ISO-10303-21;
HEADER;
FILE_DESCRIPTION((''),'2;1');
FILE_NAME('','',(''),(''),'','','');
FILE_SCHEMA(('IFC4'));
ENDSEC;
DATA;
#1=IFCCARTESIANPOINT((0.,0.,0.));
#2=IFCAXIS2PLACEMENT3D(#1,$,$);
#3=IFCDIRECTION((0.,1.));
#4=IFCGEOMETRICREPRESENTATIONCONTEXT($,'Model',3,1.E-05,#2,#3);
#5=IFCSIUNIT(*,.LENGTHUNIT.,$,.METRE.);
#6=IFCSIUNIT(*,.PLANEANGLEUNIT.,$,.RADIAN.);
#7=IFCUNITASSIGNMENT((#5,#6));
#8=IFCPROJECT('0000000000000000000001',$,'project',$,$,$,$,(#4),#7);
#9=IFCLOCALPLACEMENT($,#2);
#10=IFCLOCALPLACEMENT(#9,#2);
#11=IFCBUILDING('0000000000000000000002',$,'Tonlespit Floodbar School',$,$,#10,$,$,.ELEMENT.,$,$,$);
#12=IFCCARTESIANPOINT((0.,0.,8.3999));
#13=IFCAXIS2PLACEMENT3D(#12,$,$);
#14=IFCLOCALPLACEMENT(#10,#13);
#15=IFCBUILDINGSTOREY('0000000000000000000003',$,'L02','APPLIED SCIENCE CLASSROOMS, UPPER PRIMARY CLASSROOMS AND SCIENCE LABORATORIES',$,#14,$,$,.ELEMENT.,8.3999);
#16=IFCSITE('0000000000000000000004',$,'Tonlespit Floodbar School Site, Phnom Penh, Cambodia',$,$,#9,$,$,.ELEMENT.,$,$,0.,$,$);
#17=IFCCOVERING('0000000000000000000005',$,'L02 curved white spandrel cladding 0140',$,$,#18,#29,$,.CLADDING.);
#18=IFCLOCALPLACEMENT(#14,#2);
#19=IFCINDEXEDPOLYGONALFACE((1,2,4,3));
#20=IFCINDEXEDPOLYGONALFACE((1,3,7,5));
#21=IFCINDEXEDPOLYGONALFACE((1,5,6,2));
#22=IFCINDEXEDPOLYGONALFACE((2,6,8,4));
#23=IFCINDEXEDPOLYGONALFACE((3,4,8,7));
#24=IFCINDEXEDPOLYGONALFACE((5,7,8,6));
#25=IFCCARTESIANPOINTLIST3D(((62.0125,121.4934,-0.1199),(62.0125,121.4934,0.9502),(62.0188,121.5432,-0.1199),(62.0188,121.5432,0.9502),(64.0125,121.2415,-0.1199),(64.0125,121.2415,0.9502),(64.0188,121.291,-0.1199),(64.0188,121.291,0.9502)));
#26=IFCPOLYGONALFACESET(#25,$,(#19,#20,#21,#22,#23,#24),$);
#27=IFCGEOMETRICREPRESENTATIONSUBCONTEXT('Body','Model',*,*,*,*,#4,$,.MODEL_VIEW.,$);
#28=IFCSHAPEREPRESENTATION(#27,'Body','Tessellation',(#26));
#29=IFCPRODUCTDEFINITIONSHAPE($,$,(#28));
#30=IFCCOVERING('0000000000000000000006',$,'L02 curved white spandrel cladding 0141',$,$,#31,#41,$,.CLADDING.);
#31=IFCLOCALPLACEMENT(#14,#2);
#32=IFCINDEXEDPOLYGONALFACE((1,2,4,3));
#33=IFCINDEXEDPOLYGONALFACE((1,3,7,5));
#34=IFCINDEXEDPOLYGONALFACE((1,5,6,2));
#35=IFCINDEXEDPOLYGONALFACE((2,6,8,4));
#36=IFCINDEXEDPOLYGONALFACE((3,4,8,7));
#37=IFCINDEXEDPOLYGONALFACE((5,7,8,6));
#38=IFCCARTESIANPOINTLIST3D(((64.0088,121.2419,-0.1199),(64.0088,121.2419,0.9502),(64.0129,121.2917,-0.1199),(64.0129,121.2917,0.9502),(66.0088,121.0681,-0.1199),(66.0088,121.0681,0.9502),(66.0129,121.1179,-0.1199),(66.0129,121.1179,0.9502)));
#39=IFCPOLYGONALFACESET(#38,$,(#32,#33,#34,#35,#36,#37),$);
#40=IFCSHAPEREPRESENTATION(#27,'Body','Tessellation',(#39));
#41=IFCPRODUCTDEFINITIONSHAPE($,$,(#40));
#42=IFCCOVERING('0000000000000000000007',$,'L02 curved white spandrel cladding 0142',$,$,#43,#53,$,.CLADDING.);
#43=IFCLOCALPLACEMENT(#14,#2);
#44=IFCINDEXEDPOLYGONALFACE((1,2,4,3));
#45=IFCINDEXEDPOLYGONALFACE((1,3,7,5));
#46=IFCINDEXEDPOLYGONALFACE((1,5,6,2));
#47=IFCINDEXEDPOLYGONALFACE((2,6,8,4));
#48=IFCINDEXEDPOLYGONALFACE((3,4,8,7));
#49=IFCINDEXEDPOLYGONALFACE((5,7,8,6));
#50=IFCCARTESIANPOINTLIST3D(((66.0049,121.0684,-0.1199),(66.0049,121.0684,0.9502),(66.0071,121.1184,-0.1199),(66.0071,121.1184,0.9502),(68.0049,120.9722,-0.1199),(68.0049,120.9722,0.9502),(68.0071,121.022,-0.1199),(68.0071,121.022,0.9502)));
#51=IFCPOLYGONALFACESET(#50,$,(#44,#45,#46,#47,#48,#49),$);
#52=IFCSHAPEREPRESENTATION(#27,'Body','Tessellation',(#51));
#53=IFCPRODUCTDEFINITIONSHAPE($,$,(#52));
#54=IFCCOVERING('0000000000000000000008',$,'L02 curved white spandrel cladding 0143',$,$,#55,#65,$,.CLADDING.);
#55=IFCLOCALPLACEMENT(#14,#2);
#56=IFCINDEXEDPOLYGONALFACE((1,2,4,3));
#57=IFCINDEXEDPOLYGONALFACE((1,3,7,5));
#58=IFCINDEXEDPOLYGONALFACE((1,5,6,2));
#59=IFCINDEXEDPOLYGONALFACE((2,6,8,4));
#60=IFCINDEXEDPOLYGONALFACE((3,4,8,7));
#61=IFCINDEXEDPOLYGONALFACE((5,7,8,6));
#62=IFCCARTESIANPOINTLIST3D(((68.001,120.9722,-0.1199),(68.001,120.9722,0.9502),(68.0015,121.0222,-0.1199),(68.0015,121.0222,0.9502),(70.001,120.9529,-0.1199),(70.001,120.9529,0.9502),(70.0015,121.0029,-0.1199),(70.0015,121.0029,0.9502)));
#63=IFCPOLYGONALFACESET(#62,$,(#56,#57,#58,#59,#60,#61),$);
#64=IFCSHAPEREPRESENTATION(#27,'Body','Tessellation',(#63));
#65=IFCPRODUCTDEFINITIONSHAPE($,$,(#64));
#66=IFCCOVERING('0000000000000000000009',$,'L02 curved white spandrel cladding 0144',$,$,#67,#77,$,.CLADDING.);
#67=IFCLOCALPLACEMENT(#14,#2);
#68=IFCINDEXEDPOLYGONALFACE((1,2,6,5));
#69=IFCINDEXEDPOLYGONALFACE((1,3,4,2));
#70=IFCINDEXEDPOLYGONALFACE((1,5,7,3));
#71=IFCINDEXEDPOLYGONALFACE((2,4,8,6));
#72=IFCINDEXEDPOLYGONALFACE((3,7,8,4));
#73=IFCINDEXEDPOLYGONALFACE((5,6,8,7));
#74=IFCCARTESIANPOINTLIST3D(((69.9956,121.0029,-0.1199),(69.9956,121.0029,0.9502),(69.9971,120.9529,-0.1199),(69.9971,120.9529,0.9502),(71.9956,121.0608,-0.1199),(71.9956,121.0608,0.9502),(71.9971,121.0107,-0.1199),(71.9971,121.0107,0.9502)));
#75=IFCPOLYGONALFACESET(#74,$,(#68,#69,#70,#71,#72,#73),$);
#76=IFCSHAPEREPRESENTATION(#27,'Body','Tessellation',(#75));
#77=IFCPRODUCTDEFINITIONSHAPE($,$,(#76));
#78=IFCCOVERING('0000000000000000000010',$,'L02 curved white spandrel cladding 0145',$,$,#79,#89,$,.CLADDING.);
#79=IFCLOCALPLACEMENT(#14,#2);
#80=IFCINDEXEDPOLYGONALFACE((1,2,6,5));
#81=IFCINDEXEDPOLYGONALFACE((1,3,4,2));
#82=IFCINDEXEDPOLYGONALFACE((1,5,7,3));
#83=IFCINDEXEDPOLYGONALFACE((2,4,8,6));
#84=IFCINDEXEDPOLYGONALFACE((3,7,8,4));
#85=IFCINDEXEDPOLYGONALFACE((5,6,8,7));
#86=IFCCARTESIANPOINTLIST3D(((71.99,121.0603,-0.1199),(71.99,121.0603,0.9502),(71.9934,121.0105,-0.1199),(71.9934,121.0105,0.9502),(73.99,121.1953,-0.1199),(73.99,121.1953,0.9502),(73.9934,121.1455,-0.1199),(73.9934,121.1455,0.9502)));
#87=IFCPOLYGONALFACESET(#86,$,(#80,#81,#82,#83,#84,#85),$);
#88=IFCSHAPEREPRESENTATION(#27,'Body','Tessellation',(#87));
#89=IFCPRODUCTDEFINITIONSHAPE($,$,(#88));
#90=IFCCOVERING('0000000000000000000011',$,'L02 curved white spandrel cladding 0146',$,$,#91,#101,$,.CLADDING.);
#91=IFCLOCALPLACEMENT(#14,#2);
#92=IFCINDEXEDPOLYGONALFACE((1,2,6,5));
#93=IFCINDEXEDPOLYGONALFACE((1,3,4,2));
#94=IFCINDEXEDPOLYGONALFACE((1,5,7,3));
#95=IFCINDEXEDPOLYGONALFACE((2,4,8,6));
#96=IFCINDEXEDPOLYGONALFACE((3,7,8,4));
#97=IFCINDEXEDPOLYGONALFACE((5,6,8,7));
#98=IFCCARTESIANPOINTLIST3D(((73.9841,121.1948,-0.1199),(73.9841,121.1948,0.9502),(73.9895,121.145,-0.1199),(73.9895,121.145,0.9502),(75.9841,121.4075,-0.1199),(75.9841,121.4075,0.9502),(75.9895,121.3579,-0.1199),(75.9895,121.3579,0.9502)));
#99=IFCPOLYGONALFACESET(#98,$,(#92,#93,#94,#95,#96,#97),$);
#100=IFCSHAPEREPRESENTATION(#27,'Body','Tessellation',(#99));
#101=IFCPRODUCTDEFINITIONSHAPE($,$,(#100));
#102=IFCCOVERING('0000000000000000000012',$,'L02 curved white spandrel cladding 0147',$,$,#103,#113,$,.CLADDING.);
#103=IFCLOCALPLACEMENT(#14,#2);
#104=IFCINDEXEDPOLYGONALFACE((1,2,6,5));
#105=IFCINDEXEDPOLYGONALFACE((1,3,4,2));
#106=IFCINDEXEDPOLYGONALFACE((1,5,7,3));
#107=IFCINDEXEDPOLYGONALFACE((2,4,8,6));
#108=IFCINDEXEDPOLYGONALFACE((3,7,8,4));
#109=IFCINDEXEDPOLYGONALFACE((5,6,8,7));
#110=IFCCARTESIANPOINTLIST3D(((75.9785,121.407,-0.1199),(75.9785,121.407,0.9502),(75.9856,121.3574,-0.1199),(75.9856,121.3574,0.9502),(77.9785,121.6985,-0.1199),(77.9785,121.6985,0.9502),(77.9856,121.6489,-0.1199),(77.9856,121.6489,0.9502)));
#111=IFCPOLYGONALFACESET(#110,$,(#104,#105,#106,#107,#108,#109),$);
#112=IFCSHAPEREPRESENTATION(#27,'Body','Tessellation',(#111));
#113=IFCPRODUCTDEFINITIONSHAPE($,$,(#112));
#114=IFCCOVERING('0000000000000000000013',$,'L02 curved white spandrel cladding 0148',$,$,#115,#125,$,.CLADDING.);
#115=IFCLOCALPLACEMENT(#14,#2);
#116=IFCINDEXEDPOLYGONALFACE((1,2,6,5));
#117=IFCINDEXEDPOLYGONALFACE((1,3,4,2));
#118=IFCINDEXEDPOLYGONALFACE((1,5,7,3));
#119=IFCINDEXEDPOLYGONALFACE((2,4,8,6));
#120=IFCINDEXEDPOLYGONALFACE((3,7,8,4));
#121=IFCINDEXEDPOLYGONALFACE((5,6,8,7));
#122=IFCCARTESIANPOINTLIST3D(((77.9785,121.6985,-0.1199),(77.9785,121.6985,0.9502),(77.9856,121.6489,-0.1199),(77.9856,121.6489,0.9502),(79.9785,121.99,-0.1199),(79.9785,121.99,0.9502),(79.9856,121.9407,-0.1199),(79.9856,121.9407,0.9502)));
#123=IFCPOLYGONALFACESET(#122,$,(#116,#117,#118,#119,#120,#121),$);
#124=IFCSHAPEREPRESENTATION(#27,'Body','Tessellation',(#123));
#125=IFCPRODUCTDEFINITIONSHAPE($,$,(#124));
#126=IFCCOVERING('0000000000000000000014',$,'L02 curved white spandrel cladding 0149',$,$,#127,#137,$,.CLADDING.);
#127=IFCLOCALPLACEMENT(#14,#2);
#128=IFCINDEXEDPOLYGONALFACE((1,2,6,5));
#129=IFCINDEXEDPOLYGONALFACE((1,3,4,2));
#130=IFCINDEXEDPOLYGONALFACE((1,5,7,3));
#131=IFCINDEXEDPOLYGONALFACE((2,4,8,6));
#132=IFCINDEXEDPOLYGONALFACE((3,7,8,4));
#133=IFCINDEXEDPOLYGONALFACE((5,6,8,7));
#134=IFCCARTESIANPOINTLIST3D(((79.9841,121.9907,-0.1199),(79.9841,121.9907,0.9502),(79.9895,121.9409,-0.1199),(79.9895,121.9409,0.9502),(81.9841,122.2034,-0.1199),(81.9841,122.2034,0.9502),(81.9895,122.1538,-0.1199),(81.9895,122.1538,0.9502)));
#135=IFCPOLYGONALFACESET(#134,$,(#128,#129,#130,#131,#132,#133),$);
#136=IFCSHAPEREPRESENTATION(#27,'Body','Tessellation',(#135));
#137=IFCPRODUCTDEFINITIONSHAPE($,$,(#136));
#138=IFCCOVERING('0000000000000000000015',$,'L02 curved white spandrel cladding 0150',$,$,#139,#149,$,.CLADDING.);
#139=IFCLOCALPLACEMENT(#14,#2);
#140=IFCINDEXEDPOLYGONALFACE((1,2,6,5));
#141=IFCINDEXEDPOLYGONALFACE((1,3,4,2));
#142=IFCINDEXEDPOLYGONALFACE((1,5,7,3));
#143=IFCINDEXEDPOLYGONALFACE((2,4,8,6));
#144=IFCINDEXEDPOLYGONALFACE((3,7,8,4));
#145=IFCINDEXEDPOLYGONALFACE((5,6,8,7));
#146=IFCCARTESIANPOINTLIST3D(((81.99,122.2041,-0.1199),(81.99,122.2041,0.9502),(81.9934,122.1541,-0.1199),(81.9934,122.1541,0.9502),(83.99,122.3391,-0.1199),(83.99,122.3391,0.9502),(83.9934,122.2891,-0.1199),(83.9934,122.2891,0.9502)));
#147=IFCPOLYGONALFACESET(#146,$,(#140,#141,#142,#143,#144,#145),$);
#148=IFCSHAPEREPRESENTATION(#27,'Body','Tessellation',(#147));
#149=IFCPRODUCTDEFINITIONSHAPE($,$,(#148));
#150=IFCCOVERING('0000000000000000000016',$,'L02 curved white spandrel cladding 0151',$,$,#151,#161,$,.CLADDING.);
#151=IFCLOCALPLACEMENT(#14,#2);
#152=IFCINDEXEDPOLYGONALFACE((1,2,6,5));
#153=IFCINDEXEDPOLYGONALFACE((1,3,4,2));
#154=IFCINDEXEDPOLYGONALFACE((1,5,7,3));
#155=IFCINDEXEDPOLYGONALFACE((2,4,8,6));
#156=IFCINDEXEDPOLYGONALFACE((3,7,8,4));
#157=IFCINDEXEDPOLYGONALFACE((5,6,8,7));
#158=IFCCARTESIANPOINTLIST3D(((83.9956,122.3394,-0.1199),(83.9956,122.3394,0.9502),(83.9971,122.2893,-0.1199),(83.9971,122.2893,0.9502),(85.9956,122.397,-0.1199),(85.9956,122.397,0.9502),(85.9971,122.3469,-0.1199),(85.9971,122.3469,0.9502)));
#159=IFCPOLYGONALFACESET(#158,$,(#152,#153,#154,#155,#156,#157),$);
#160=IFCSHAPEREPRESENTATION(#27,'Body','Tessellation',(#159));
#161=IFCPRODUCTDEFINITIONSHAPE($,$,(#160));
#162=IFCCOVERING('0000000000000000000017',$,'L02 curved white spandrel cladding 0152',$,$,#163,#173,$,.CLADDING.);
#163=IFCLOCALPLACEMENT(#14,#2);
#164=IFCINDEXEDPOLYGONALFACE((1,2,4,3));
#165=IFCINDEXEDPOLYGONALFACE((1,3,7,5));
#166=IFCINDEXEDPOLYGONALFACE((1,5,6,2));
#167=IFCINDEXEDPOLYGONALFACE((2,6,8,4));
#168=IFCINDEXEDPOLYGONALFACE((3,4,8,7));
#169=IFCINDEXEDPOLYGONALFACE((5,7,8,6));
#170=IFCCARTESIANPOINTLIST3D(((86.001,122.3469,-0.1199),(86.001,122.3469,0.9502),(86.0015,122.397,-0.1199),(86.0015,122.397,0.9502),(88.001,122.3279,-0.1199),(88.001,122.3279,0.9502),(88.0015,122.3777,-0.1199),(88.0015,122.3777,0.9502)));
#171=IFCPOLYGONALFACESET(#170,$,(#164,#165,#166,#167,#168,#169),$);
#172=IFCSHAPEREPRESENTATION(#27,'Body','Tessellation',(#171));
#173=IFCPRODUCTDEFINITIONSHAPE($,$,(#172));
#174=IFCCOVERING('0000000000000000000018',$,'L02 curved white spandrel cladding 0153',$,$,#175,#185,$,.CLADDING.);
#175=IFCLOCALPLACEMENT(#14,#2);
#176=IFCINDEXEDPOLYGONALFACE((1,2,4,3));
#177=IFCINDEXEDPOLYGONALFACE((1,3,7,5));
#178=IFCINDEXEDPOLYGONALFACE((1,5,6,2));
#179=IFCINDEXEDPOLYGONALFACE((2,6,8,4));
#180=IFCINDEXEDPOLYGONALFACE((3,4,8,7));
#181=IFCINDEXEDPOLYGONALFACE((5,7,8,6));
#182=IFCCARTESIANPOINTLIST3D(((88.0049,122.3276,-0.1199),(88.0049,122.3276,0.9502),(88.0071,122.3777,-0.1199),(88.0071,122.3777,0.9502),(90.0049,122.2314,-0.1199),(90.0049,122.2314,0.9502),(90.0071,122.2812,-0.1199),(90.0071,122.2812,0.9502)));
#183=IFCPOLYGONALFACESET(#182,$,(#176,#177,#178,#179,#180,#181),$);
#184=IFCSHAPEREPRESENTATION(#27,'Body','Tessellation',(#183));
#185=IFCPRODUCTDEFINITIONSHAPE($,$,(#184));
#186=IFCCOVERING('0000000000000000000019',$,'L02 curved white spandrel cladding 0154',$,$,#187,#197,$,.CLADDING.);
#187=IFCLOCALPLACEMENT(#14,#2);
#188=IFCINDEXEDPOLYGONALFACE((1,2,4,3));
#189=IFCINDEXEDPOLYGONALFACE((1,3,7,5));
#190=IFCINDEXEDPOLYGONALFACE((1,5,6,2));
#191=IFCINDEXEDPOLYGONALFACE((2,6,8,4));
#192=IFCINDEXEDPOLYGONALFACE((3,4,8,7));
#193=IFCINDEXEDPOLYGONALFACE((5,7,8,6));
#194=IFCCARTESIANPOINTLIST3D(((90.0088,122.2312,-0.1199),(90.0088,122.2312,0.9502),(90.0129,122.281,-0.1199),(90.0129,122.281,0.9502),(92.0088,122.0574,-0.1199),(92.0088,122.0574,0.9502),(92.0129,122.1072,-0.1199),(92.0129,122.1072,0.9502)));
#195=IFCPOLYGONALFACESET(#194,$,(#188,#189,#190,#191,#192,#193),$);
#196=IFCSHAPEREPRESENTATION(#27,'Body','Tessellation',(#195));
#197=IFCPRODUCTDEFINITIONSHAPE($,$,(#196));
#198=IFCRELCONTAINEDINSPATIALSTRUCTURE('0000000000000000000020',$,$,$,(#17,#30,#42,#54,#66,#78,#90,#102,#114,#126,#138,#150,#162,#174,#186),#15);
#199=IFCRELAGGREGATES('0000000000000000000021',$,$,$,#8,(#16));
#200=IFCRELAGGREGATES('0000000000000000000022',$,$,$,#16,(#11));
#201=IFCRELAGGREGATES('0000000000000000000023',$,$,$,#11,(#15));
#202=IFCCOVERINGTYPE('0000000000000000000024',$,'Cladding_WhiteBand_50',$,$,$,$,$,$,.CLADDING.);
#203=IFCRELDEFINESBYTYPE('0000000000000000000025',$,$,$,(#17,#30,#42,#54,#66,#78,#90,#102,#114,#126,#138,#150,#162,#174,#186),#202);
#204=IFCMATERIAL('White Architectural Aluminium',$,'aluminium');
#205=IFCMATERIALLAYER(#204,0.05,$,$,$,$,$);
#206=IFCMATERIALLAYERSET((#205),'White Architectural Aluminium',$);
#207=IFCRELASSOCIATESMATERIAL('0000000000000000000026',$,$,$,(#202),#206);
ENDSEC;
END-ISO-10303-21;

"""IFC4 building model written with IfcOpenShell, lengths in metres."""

from ifc_helpers import new_model, si_unit, direction, frame, origin, place, context, subcontext, project, spatial, polyline, outline, extrude, material, layer, layer_set, type_object, element, save


model = new_model("IFC4")

# Units and contexts
model_context = context("Model", 3, precision=1e-05, world=origin(), true_north=direction((0.0, 1.0)))
body_context = subcontext(model_context, "Body", "Model", "MODEL_VIEW")
ifc_project = project(units=[si_unit("LENGTHUNIT", "METRE"), si_unit("PLANEANGLEUNIT", "RADIAN")], contexts=[model_context])

# Site, building, storey
site_placement = place(None, origin())
site = spatial("IfcSite", under=ifc_project, at=site_placement, Name="Tonlespit Floodbar School Site, Phnom Penh, Cambodia", CompositionType="ELEMENT", RefElevation=0.0)
building_placement = place(site_placement, origin())
building = spatial("IfcBuilding", under=site, at=building_placement, Name="Tonlespit Floodbar School", CompositionType="ELEMENT")
storey_placement = place(building_placement, frame((0.0, 0.0, 8.3999)))
storey = spatial("IfcBuildingStorey", under=building, at=storey_placement, Name="L02", Description="APPLIED SCIENCE CLASSROOMS, UPPER PRIMARY CLASSROOMS AND SCIENCE LABORATORIES", CompositionType="ELEMENT", Elevation=8.3999)

# Coverings
ifc_material_1 = material(Name="White Architectural Aluminium", Category="aluminium")
ifc_layer_1 = layer(ifc_material_1, 0.05)
ifc_layer_set_1 = layer_set([ifc_layer_1], Name="White Architectural Aluminium")
covering_type = type_object("IfcCoveringType", Name="Cladding_WhiteBand_50", PredefinedType="CLADDING", material=ifc_layer_set_1)
covering_1_placement = place(storey_placement, frame((0.0, 0.0, -0.1199)))
element("IfcCovering", 1, at=covering_1_placement, inside=storey, type_object=covering_type, Name="L02 curved white spandrel cladding 0140", PredefinedType="CLADDING", context=body_context, shape_type="SweptSolid", body=[
    extrude(outline(polyline([(62.0125, 121.4934), (64.0125, 121.2415), (64.0188, 121.291), (62.0188, 121.5432), (62.0125, 121.4934)])), origin(), (0.0, 0.0, 1.0), 1.0701),
])
covering_2_placement = place(storey_placement, frame((0.0, 0.0, -0.1199)))
element("IfcCovering", 2, at=covering_2_placement, inside=storey, type_object=covering_type, Name="L02 curved white spandrel cladding 0141", PredefinedType="CLADDING", context=body_context, shape_type="SweptSolid", body=[
    extrude(outline(polyline([(64.0088, 121.2419), (66.0088, 121.0681), (66.0129, 121.1179), (64.0129, 121.2917), (64.0088, 121.2419)])), origin(), (0.0, 0.0, 1.0), 1.0701),
])
covering_3_placement = place(storey_placement, frame((0.0, 0.0, -0.1199)))
element("IfcCovering", 3, at=covering_3_placement, inside=storey, type_object=covering_type, Name="L02 curved white spandrel cladding 0142", PredefinedType="CLADDING", context=body_context, shape_type="SweptSolid", body=[
    extrude(outline(polyline([(66.0049, 121.0684), (68.0049, 120.9722), (68.0071, 121.022), (66.0071, 121.1184), (66.0049, 121.0684)])), origin(), (0.0, 0.0, 1.0), 1.0701),
])
covering_4_placement = place(storey_placement, frame((0.0, 0.0, -0.1199)))
element("IfcCovering", 4, at=covering_4_placement, inside=storey, type_object=covering_type, Name="L02 curved white spandrel cladding 0143", PredefinedType="CLADDING", context=body_context, shape_type="SweptSolid", body=[
    extrude(outline(polyline([(68.001, 120.9722), (70.001, 120.9529), (70.0015, 121.0029), (68.0015, 121.0222), (68.001, 120.9722)])), origin(), (0.0, 0.0, 1.0), 1.0701),
])
covering_5_placement = place(storey_placement, frame((0.0, 0.0, -0.1199)))
element("IfcCovering", 5, at=covering_5_placement, inside=storey, type_object=covering_type, Name="L02 curved white spandrel cladding 0144", PredefinedType="CLADDING", context=body_context, shape_type="SweptSolid", body=[
    extrude(outline(polyline([(69.9971, 120.9529), (71.9971, 121.0107), (71.9956, 121.0608), (69.9956, 121.0029), (69.9971, 120.9529)])), origin(), (0.0, 0.0, 1.0), 1.0701),
])
covering_6_placement = place(storey_placement, frame((0.0, 0.0, -0.1199)))
element("IfcCovering", 6, at=covering_6_placement, inside=storey, type_object=covering_type, Name="L02 curved white spandrel cladding 0145", PredefinedType="CLADDING", context=body_context, shape_type="SweptSolid", body=[
    extrude(outline(polyline([(71.9934, 121.0105), (73.9934, 121.1455), (73.99, 121.1953), (71.99, 121.0603), (71.9934, 121.0105)])), origin(), (0.0, 0.0, 1.0), 1.0701),
])
covering_7_placement = place(storey_placement, frame((0.0, 0.0, -0.1199)))
element("IfcCovering", 7, at=covering_7_placement, inside=storey, type_object=covering_type, Name="L02 curved white spandrel cladding 0146", PredefinedType="CLADDING", context=body_context, shape_type="SweptSolid", body=[
    extrude(outline(polyline([(73.9895, 121.145), (75.9895, 121.3579), (75.9841, 121.4075), (73.9841, 121.1948), (73.9895, 121.145)])), origin(), (0.0, 0.0, 1.0), 1.0701),
])
covering_8_placement = place(storey_placement, frame((0.0, 0.0, -0.1199)))
element("IfcCovering", 8, at=covering_8_placement, inside=storey, type_object=covering_type, Name="L02 curved white spandrel cladding 0147", PredefinedType="CLADDING", context=body_context, shape_type="SweptSolid", body=[
    extrude(outline(polyline([(75.9856, 121.3574), (77.9856, 121.6489), (77.9785, 121.6985), (75.9785, 121.407), (75.9856, 121.3574)])), origin(), (0.0, 0.0, 1.0), 1.0701),
])
covering_9_placement = place(storey_placement, frame((0.0, 0.0, -0.1199)))
element("IfcCovering", 9, at=covering_9_placement, inside=storey, type_object=covering_type, Name="L02 curved white spandrel cladding 0148", PredefinedType="CLADDING", context=body_context, shape_type="SweptSolid", body=[
    extrude(outline(polyline([(77.9856, 121.6489), (79.9856, 121.9407), (79.9785, 121.99), (77.9785, 121.6985), (77.9856, 121.6489)])), origin(), (0.0, 0.0, 1.0), 1.0701),
])
covering_10_placement = place(storey_placement, frame((0.0, 0.0, -0.1199)))
element("IfcCovering", 10, at=covering_10_placement, inside=storey, type_object=covering_type, Name="L02 curved white spandrel cladding 0149", PredefinedType="CLADDING", context=body_context, shape_type="SweptSolid", body=[
    extrude(outline(polyline([(79.9895, 121.9409), (81.9895, 122.1538), (81.9841, 122.2034), (79.9841, 121.9907), (79.9895, 121.9409)])), origin(), (0.0, 0.0, 1.0), 1.0701),
])
covering_11_placement = place(storey_placement, frame((0.0, 0.0, -0.1199)))
element("IfcCovering", 11, at=covering_11_placement, inside=storey, type_object=covering_type, Name="L02 curved white spandrel cladding 0150", PredefinedType="CLADDING", context=body_context, shape_type="SweptSolid", body=[
    extrude(outline(polyline([(81.9934, 122.1541), (83.9934, 122.2891), (83.99, 122.3391), (81.99, 122.2041), (81.9934, 122.1541)])), origin(), (0.0, 0.0, 1.0), 1.0701),
])
covering_12_placement = place(storey_placement, frame((0.0, 0.0, -0.1199)))
element("IfcCovering", 12, at=covering_12_placement, inside=storey, type_object=covering_type, Name="L02 curved white spandrel cladding 0151", PredefinedType="CLADDING", context=body_context, shape_type="SweptSolid", body=[
    extrude(outline(polyline([(83.9971, 122.2893), (85.9971, 122.3469), (85.9956, 122.397), (83.9956, 122.3394), (83.9971, 122.2893)])), origin(), (0.0, 0.0, 1.0), 1.0701),
])
covering_13_placement = place(storey_placement, frame((0.0, 0.0, -0.1199)))
element("IfcCovering", 13, at=covering_13_placement, inside=storey, type_object=covering_type, Name="L02 curved white spandrel cladding 0152", PredefinedType="CLADDING", context=body_context, shape_type="SweptSolid", body=[
    extrude(outline(polyline([(86.001, 122.3469), (88.001, 122.3279), (88.0015, 122.3777), (86.0015, 122.397), (86.001, 122.3469)])), origin(), (0.0, 0.0, 1.0), 1.0701),
])
covering_14_placement = place(storey_placement, frame((0.0, 0.0, -0.1199)))
element("IfcCovering", 14, at=covering_14_placement, inside=storey, type_object=covering_type, Name="L02 curved white spandrel cladding 0153", PredefinedType="CLADDING", context=body_context, shape_type="SweptSolid", body=[
    extrude(outline(polyline([(88.0049, 122.3276), (90.0049, 122.2314), (90.0071, 122.2812), (88.0071, 122.3777), (88.0049, 122.3276)])), origin(), (0.0, 0.0, 1.0), 1.0701),
])
covering_15_placement = place(storey_placement, frame((0.0, 0.0, -0.1199)))
element("IfcCovering", 15, at=covering_15_placement, inside=storey, type_object=covering_type, Name="L02 curved white spandrel cladding 0154", PredefinedType="CLADDING", context=body_context, shape_type="SweptSolid", body=[
    extrude(outline(polyline([(90.0088, 122.2312), (92.0088, 122.0574), (92.0129, 122.1072), (90.0129, 122.281), (90.0088, 122.2312)])), origin(), (0.0, 0.0, 1.0), 1.0701),
])

save(model, "model.ifc")
